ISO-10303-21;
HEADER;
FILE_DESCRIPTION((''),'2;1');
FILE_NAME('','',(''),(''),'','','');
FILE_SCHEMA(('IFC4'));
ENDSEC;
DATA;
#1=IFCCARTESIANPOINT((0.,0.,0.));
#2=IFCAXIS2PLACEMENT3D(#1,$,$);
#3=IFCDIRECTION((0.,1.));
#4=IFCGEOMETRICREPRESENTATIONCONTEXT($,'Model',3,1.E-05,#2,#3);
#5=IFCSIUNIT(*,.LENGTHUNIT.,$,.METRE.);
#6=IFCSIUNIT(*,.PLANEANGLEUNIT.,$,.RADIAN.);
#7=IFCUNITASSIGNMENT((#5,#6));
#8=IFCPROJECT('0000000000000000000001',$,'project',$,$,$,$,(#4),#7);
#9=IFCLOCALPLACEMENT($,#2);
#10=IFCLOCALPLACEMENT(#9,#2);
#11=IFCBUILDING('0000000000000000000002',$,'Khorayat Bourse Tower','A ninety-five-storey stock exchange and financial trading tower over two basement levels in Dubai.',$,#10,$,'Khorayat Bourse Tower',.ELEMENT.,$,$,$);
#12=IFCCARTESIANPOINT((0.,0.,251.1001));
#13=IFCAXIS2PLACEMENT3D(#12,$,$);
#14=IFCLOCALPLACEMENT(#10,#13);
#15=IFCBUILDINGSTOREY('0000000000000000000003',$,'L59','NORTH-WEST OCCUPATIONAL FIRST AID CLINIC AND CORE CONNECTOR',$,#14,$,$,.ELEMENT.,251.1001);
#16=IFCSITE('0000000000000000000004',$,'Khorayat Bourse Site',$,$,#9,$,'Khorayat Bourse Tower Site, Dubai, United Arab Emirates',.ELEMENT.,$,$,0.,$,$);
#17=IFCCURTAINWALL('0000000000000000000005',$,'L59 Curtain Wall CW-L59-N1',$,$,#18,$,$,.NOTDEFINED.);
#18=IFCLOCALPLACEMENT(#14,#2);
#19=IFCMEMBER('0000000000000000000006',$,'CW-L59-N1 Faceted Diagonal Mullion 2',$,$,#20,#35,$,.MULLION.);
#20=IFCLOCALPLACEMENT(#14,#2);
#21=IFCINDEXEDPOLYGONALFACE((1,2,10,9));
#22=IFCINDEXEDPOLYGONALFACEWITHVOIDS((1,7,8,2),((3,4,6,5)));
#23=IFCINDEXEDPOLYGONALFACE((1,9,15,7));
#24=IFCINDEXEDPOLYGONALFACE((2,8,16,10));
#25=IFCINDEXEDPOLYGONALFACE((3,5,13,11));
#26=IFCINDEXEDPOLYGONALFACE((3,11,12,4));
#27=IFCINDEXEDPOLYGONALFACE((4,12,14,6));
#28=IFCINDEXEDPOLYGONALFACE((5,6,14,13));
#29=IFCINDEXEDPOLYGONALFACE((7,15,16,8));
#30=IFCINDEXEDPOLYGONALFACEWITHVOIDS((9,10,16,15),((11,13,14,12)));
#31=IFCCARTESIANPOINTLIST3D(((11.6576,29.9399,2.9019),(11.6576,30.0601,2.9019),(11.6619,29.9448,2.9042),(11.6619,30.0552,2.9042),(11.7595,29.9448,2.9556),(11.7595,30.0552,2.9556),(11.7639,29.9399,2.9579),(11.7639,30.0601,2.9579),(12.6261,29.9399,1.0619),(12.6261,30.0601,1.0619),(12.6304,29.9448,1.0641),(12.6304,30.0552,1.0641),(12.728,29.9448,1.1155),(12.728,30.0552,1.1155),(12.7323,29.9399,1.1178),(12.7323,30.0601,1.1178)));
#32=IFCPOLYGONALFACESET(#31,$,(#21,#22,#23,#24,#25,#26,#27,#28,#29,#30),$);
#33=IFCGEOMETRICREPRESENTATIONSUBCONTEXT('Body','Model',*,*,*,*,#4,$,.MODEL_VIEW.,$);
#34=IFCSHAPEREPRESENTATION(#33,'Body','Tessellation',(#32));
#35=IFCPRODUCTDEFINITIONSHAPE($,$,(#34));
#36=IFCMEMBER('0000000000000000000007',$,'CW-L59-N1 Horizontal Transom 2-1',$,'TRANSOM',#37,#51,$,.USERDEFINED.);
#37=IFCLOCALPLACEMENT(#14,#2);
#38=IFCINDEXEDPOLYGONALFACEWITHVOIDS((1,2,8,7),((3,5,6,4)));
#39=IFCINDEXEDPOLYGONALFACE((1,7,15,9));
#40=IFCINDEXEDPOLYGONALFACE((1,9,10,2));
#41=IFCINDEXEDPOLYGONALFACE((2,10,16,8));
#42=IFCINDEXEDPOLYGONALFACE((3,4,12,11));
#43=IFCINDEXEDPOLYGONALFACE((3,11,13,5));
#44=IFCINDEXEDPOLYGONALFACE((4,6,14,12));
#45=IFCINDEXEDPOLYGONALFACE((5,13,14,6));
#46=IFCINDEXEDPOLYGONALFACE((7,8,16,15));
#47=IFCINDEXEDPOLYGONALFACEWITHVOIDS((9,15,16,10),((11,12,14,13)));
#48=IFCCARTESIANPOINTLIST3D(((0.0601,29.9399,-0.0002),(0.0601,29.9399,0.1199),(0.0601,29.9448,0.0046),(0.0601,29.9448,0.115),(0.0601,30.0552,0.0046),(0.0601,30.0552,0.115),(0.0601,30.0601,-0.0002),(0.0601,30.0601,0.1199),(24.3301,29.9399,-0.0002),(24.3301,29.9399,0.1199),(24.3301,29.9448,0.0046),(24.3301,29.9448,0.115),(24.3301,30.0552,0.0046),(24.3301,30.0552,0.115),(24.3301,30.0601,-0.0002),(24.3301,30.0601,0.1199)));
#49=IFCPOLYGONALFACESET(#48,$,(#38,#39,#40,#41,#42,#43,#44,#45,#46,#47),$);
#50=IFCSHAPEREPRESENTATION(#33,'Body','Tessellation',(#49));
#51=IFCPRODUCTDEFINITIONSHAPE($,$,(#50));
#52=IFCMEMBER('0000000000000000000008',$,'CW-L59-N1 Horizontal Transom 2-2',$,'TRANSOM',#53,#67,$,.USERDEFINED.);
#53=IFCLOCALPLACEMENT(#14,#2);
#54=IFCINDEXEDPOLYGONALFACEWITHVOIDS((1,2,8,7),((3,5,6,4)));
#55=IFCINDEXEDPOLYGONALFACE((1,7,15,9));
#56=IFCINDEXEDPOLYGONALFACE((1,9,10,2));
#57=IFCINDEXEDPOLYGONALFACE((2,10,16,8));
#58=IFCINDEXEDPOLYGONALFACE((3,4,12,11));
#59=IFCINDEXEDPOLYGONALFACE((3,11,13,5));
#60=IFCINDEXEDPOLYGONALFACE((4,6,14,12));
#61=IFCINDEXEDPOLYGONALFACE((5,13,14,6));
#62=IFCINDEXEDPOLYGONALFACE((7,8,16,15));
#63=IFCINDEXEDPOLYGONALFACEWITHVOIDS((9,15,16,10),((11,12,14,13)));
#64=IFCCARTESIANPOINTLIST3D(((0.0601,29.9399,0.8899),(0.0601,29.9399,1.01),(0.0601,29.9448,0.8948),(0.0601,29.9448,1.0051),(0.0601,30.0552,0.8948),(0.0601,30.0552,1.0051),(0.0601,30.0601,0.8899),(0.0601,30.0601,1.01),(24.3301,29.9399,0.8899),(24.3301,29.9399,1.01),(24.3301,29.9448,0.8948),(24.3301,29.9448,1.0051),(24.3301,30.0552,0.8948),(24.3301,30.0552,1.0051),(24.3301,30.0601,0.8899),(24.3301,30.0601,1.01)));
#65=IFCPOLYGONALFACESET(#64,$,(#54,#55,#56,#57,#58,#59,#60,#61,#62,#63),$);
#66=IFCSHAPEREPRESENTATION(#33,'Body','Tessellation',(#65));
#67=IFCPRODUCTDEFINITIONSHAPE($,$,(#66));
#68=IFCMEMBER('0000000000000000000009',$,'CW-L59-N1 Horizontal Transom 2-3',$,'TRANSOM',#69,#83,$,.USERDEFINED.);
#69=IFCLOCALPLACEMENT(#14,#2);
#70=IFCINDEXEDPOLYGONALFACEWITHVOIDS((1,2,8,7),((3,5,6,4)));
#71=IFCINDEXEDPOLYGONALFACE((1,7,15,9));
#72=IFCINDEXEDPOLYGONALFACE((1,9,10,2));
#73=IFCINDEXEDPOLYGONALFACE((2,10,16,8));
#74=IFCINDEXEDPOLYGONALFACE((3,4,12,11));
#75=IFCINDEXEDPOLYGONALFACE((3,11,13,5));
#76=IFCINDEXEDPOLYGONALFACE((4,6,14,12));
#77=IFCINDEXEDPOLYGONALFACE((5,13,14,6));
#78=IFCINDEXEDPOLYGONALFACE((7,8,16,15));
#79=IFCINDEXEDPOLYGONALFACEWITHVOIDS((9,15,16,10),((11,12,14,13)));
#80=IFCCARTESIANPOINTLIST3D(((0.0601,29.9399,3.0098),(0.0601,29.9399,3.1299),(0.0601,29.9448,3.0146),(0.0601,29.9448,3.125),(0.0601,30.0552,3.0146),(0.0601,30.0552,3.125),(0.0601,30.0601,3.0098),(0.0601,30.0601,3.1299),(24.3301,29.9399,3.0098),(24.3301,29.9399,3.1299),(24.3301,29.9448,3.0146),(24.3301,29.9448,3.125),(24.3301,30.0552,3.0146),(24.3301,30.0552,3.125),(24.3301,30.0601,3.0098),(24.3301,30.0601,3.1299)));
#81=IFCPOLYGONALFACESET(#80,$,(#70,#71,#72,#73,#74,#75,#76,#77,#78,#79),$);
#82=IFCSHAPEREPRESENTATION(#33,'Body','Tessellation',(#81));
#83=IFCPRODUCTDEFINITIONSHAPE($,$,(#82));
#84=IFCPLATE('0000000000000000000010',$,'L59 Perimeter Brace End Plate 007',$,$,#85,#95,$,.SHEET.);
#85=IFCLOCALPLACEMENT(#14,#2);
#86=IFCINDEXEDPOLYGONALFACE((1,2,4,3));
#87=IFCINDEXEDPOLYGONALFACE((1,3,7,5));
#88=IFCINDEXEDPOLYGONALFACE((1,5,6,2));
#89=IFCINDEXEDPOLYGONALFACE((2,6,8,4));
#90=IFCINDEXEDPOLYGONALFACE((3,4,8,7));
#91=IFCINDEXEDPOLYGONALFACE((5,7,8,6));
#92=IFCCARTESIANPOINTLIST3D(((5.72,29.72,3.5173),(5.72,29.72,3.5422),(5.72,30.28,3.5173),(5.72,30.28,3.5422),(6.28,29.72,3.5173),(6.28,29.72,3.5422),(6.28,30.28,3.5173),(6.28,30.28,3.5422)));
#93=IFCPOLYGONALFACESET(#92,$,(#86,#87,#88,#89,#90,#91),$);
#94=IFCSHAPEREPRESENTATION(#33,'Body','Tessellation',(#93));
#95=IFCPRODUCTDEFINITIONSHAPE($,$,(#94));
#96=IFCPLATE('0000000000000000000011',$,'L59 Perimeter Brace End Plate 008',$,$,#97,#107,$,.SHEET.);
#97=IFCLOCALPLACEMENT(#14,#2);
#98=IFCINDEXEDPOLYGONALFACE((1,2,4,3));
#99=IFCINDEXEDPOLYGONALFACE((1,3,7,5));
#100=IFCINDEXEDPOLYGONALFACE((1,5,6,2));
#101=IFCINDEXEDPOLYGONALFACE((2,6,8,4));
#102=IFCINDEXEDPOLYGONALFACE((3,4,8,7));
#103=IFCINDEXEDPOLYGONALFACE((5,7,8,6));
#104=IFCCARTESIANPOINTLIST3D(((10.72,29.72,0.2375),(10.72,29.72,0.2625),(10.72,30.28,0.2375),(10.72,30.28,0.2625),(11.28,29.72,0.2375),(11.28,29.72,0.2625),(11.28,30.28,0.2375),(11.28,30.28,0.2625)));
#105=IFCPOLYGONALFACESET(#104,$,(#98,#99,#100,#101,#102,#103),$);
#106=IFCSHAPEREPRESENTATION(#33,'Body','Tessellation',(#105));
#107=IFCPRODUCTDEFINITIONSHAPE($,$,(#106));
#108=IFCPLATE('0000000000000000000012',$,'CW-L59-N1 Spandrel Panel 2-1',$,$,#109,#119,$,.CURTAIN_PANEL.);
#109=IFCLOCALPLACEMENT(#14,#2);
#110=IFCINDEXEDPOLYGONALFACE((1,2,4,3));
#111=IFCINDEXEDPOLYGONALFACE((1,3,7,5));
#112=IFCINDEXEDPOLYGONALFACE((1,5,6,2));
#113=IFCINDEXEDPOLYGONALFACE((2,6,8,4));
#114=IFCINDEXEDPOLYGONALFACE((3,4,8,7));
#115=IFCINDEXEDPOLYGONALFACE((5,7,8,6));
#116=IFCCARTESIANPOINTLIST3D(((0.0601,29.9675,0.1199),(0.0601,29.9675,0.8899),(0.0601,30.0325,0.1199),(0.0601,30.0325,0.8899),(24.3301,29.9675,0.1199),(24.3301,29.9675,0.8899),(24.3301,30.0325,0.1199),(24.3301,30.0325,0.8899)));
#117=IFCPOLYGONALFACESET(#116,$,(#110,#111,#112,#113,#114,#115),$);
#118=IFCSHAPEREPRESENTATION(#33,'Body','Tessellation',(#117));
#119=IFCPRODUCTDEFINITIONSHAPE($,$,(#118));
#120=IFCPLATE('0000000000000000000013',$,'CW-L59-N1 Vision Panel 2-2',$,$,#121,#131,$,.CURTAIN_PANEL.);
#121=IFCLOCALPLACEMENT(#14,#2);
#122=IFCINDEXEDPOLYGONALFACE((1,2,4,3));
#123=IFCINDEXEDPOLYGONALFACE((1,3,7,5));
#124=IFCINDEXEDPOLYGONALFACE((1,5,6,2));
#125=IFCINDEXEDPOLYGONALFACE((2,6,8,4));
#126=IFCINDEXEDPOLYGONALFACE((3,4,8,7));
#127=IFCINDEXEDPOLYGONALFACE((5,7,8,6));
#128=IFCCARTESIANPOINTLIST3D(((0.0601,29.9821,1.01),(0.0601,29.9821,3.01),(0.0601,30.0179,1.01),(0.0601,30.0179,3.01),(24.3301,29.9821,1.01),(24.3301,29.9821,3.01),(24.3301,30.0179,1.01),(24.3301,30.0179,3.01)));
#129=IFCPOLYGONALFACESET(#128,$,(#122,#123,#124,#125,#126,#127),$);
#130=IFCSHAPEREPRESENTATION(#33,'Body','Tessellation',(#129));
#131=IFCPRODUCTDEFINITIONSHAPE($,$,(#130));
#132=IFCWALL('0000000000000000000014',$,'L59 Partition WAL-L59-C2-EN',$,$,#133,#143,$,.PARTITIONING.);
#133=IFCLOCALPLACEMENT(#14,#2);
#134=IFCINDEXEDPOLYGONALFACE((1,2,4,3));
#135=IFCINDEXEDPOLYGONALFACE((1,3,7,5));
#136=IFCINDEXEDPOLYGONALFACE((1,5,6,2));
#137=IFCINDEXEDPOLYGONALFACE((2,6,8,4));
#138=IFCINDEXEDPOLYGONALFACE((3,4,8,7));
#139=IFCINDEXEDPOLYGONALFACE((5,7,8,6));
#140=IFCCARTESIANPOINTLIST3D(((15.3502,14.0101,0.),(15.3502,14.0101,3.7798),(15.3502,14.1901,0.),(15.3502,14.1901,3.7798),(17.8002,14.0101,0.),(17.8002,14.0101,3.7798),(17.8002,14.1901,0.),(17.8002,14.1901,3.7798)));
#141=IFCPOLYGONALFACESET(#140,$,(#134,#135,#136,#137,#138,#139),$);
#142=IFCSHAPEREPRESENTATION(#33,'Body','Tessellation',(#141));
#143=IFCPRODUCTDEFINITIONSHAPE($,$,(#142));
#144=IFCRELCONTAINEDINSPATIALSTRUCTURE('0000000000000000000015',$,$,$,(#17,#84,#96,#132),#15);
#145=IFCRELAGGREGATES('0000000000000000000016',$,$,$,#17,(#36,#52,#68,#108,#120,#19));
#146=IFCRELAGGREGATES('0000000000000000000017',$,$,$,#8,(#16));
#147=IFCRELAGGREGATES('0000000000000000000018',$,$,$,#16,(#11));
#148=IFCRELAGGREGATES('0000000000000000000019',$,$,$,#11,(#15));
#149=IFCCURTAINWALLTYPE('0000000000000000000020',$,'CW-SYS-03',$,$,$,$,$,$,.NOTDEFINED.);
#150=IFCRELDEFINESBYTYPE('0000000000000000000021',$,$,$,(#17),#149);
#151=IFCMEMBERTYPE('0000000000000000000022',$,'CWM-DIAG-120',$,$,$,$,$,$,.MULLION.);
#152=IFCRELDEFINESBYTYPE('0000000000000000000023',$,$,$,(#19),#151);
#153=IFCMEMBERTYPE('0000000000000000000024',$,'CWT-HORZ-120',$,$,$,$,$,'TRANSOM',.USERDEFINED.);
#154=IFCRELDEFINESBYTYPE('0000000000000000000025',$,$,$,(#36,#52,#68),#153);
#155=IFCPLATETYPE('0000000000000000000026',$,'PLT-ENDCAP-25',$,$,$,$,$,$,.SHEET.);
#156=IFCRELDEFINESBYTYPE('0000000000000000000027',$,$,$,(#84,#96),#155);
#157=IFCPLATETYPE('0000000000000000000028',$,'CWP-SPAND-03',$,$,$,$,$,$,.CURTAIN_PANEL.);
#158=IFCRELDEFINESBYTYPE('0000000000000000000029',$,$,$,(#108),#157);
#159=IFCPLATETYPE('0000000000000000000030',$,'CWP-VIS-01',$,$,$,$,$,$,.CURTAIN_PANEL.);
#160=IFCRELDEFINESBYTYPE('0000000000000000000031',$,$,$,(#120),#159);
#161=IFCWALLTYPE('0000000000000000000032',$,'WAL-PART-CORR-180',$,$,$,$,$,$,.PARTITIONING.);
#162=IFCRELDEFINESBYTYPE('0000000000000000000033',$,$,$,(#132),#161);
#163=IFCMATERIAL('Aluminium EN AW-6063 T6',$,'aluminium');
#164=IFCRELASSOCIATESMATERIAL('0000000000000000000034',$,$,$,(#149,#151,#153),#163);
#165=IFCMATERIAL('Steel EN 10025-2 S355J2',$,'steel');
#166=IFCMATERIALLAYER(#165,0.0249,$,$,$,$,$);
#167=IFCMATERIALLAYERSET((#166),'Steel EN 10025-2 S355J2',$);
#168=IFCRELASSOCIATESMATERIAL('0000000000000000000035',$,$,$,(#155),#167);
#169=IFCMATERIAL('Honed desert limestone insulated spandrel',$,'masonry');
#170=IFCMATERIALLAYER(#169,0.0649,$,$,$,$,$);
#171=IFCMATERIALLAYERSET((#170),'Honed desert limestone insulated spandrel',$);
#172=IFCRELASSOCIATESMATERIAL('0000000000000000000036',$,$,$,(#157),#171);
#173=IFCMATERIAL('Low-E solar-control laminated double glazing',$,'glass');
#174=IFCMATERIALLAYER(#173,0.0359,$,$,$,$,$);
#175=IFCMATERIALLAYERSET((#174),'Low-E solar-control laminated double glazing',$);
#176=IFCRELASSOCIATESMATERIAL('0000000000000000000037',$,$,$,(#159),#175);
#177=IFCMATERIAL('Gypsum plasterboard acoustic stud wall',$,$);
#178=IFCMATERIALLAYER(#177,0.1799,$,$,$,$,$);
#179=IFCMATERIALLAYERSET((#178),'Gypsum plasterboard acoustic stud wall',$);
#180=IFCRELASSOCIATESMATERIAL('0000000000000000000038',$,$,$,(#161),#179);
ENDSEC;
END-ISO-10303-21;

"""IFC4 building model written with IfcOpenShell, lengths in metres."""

from ifc_helpers import new_model, si_unit, direction, frame, frame_2d, origin, origin_2d, place, context, subcontext, project, spatial, rectangle, hollow_rectangle, extrude, source, transform, mapped, material, layer, layer_set, material_profile, profile_set, type_object, element, aggregate, save


model = new_model("IFC4")

# Units and contexts
model_context = context("Model", 3, precision=1e-05, world=origin(), true_north=direction((0.0, 1.0)))
body_context = subcontext(model_context, "Body", "Model", "MODEL_VIEW")
ifc_project = project(units=[si_unit("LENGTHUNIT", "METRE"), si_unit("PLANEANGLEUNIT", "RADIAN")], contexts=[model_context])

# Site, building, storey
site_placement = place(None, origin())
site = spatial("IfcSite", under=ifc_project, at=site_placement, Name="Khorayat Bourse Site", LongName="Khorayat Bourse Tower Site, Dubai, United Arab Emirates", CompositionType="ELEMENT", RefElevation=0.0)
building_placement = place(site_placement, origin())
building = spatial("IfcBuilding", under=site, at=building_placement, Name="Khorayat Bourse Tower", Description="A ninety-five-storey stock exchange and financial trading tower over two basement levels in Dubai.", LongName="Khorayat Bourse Tower", CompositionType="ELEMENT")
storey_placement = place(building_placement, frame((0.0, 0.0, 251.1001)))
storey = spatial("IfcBuildingStorey", under=building, at=storey_placement, Name="L59", Description="NORTH-WEST OCCUPATIONAL FIRST AID CLINIC AND CORE CONNECTOR", CompositionType="ELEMENT", Elevation=251.1001)

# Curtain wall, members
ifc_material_1 = material(Name="Aluminium EN AW-6063 T6", Category="aluminium")
curtain_wall_type = type_object("IfcCurtainWallType", Name="CW-SYS-03", PredefinedType="NOTDEFINED", material=ifc_material_1)
curtain_wall_placement = place(storey_placement, origin())
curtain_wall = element("IfcCurtainWall", 1, at=curtain_wall_placement, inside=storey, type_object=curtain_wall_type, Name="L59 Curtain Wall CW-L59-N1", PredefinedType="NOTDEFINED")
ifc_material_profile_1 = material_profile(ifc_material_1, hollow_rectangle(XDim=0.1201, YDim=0.1201, WallThickness=0.0049, at=origin_2d()), Name="ALU 120x120x5")
ifc_profile_set_1 = profile_set([ifc_material_profile_1], Name="Aluminium EN AW-6063 T6")
member_type_1 = type_object("IfcMemberType", Name="CWM-DIAG-120", PredefinedType="MULLION", material=ifc_profile_set_1)
shared_shape_1 = source(origin(), body_context, "Body", "SweptSolid", [
    extrude(hollow_rectangle(XDim=0.1201, YDim=0.1201, WallThickness=0.0049, at=origin_2d()), origin(), (0.0, 0.0, 1.0), 2.0793),
])
member_1_placement = place(storey_placement, frame((12.6792, 30.0, 1.0898), z_axis=(-0.465761, 0.0, 0.884911), x_axis=(0.0, -1.0, 0.0)))
member_1 = element("IfcMember", 2, at=member_1_placement, type_object=member_type_1, Name="CW-L59-N1 Faceted Diagonal Mullion 2", PredefinedType="MULLION", context=body_context, shape_type="MappedRepresentation", body=[
    mapped(shared_shape_1, transform((0.0, 0.0, 0.0), scale=1.0)),
])
ifc_material_profile_2 = material_profile(ifc_material_1, hollow_rectangle(XDim=0.1201, YDim=0.1201, WallThickness=0.0049, at=origin_2d()), Name="ALU 120x120x5")
ifc_profile_set_2 = profile_set([ifc_material_profile_2], Name="Aluminium EN AW-6063 T6")
member_type_2 = type_object("IfcMemberType", Name="CWT-HORZ-120", ElementType="TRANSOM", PredefinedType="USERDEFINED", material=ifc_profile_set_2)
shared_shape_2 = source(origin(), body_context, "Body", "SweptSolid", [
    extrude(hollow_rectangle(XDim=0.1201, YDim=0.1201, WallThickness=0.0049, at=origin_2d()), origin(), (0.0, 0.0, 1.0), 24.27),
])
member_2_placement = place(storey_placement, frame((0.0601, 30.0, 0.0598), z_axis=(1.0, 0.0, 0.0), x_axis=(0.0, 1.0, 0.0)))
member_2 = element("IfcMember", 3, at=member_2_placement, type_object=member_type_2, Name="CW-L59-N1 Horizontal Transom 2-1", ObjectType="TRANSOM", PredefinedType="USERDEFINED", context=body_context, shape_type="MappedRepresentation", body=[
    mapped(shared_shape_2, transform((0.0, 0.0, 0.0), scale=1.0)),
])
member_3_placement = place(storey_placement, frame((0.0601, 30.0, 0.95), z_axis=(1.0, 0.0, 0.0), x_axis=(0.0, 1.0, 0.0)))
member_3 = element("IfcMember", 4, at=member_3_placement, type_object=member_type_2, Name="CW-L59-N1 Horizontal Transom 2-2", ObjectType="TRANSOM", PredefinedType="USERDEFINED", context=body_context, shape_type="MappedRepresentation", body=[
    mapped(shared_shape_2, transform((0.0, 0.0, 0.0), scale=1.0)),
])
member_4_placement = place(storey_placement, frame((0.0601, 30.0, 3.0698), z_axis=(1.0, 0.0, 0.0), x_axis=(0.0, 1.0, 0.0)))
member_4 = element("IfcMember", 5, at=member_4_placement, type_object=member_type_2, Name="CW-L59-N1 Horizontal Transom 2-3", ObjectType="TRANSOM", PredefinedType="USERDEFINED", context=body_context, shape_type="MappedRepresentation", body=[
    mapped(shared_shape_2, transform((0.0, 0.0, 0.0), scale=1.0)),
])

# Plates
ifc_material_2 = material(Name="Steel EN 10025-2 S355J2", Category="steel")
ifc_layer_1 = layer(ifc_material_2, 0.0249)
ifc_layer_set_1 = layer_set([ifc_layer_1], Name="Steel EN 10025-2 S355J2")
plate_type_1 = type_object("IfcPlateType", Name="PLT-ENDCAP-25", PredefinedType="SHEET", material=ifc_layer_set_1)
shared_shape_3 = source(origin(), body_context, "Body", "SweptSolid", [
    extrude(rectangle(XDim=0.5601, YDim=0.5601, at=origin_2d()), origin(), (0.0, 0.0, 1.0), 0.0249),
])
for number, where, z_axis, x_axis, name in (
    (6, (6.0, 30.0, 3.5173), (0.0, 0.0, 1.0), (1.0, 0.0, 0.0), "L59 Perimeter Brace End Plate 007"),
    (7, (11.0, 30.0, 0.2375), (0.0, 0.0, 1.0), (1.0, 0.0, 0.0), "L59 Perimeter Brace End Plate 008"),
):
    element("IfcPlate", number, at=place(storey_placement, frame(where, z_axis=z_axis, x_axis=x_axis)), inside=storey, type_object=plate_type_1, Name=name, PredefinedType="SHEET", context=body_context, shape_type="MappedRepresentation", body=[
        mapped(shared_shape_3, transform((0.0, 0.0, 0.0), scale=1.0)),
    ])

# Plates
ifc_material_3 = material(Name="Honed desert limestone insulated spandrel", Category="masonry")
ifc_layer_2 = layer(ifc_material_3, 0.0649)
ifc_layer_set_2 = layer_set([ifc_layer_2], Name="Honed desert limestone insulated spandrel")
plate_type_2 = type_object("IfcPlateType", Name="CWP-SPAND-03", PredefinedType="CURTAIN_PANEL", material=ifc_layer_set_2)
shared_shape_4 = source(origin(), body_context, "Body", "SweptSolid", [
    extrude(rectangle(XDim=24.27, YDim=0.0649, at=origin_2d()), origin(), (0.0, 0.0, 1.0), 0.77),
])
plate_1_placement = place(storey_placement, frame((12.1951, 30.0, 0.1199), z_axis=(0.0, 0.0, 1.0), x_axis=(1.0, 0.0, 0.0)))
plate_1 = element("IfcPlate", 8, at=plate_1_placement, type_object=plate_type_2, Name="CW-L59-N1 Spandrel Panel 2-1", PredefinedType="CURTAIN_PANEL", context=body_context, shape_type="MappedRepresentation", body=[
    mapped(shared_shape_4, transform((0.0, 0.0, 0.0), scale=1.0)),
])
ifc_material_4 = material(Name="Low-E solar-control laminated double glazing", Category="glass")
ifc_layer_3 = layer(ifc_material_4, 0.0359)
ifc_layer_set_3 = layer_set([ifc_layer_3], Name="Low-E solar-control laminated double glazing")
plate_type_3 = type_object("IfcPlateType", Name="CWP-VIS-01", PredefinedType="CURTAIN_PANEL", material=ifc_layer_set_3)
shared_shape_5 = source(origin(), body_context, "Body", "SweptSolid", [
    extrude(rectangle(XDim=24.27, YDim=0.0359, at=origin_2d()), origin(), (0.0, 0.0, 1.0), 2.0),
])
plate_2_placement = place(storey_placement, frame((12.1951, 30.0, 1.01), z_axis=(0.0, 0.0, 1.0), x_axis=(1.0, 0.0, 0.0)))
plate_2 = element("IfcPlate", 9, at=plate_2_placement, type_object=plate_type_3, Name="CW-L59-N1 Vision Panel 2-2", PredefinedType="CURTAIN_PANEL", context=body_context, shape_type="MappedRepresentation", body=[
    mapped(shared_shape_5, transform((0.0, 0.0, 0.0), scale=1.0)),
])
aggregate(curtain_wall, [member_2, member_3, member_4, plate_1, plate_2, member_1])

# Wall
ifc_material_5 = material(Name="Gypsum plasterboard acoustic stud wall")
ifc_layer_4 = layer(ifc_material_5, 0.1799)
ifc_layer_set_4 = layer_set([ifc_layer_4], Name="Gypsum plasterboard acoustic stud wall")
wall_type_1 = type_object("IfcWallType", Name="WAL-PART-CORR-180", PredefinedType="PARTITIONING", material=ifc_layer_set_4)
shared_shape_6 = source(origin(), body_context, "Body", "SweptSolid", [
    extrude(rectangle(XDim=2.45, YDim=0.1799, at=frame_2d((1.2251, 0.0))), origin(), (0.0, 0.0, 1.0), 3.7798),
])
wall_1_placement = place(storey_placement, frame((15.3501, 14.1001, 0.0), z_axis=(0.0, 0.0, 1.0), x_axis=(1.0, 0.0, 0.0)))
element("IfcWall", 10, at=wall_1_placement, inside=storey, type_object=wall_type_1, Name="L59 Partition WAL-L59-C2-EN", PredefinedType="PARTITIONING", context=body_context, shape_type="MappedRepresentation", body=[
    mapped(shared_shape_6, transform((0.0, 0.0, 0.0), scale=1.0)),
])

save(model, "model.ifc")
